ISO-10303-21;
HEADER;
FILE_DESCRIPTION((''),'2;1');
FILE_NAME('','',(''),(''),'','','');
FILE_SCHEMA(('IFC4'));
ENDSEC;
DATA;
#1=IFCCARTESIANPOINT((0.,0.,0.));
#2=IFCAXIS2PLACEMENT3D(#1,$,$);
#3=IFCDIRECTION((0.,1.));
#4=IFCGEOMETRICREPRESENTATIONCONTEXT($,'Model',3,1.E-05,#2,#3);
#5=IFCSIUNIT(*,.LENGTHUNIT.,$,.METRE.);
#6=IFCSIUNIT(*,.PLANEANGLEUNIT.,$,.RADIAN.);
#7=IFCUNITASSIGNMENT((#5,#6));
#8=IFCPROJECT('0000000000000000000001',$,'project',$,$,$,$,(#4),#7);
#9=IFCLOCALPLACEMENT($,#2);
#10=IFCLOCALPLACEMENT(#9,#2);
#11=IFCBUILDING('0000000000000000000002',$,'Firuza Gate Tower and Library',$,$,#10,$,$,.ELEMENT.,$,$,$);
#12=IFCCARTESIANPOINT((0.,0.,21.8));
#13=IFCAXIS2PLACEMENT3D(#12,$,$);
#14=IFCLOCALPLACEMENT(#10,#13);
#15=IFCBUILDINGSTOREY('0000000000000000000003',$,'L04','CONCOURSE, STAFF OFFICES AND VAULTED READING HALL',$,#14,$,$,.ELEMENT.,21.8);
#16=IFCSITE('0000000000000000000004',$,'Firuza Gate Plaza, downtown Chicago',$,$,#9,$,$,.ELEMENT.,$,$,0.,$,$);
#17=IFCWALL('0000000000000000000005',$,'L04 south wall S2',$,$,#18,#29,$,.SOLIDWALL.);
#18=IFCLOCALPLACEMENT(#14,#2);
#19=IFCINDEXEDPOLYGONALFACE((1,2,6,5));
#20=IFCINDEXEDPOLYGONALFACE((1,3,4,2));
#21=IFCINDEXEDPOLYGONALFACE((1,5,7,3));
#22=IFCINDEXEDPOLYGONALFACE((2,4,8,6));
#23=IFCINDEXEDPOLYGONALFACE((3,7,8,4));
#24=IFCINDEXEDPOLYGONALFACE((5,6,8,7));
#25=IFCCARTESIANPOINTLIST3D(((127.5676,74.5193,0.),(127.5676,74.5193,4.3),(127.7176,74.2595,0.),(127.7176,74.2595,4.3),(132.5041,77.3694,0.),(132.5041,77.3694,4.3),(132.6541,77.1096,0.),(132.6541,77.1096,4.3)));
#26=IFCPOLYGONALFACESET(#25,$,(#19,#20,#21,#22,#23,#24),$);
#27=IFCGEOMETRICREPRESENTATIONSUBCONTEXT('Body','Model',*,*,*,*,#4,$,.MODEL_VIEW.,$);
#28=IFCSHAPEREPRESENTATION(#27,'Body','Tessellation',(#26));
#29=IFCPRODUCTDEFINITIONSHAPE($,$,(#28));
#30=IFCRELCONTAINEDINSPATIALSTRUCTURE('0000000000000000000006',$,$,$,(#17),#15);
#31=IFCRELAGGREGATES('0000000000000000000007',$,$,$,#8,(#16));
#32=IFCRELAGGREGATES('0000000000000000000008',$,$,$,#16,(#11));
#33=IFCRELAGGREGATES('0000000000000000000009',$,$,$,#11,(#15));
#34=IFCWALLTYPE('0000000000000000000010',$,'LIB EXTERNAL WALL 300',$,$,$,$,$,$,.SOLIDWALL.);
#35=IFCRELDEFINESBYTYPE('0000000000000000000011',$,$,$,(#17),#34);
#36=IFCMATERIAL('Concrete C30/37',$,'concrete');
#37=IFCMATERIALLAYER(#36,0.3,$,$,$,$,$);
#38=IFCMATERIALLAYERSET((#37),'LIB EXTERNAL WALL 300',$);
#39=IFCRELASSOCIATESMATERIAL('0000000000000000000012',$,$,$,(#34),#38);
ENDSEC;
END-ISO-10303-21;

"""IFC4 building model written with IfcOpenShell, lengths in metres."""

from ifc_helpers import new_model, si_unit, direction, frame, frame_2d, origin, place, context, subcontext, project, spatial, rectangle, extrude, material, layer, layer_set, type_object, element, save


model = new_model("IFC4")

# Units and contexts
model_context = context("Model", 3, precision=1e-05, world=origin(), true_north=direction((0.0, 1.0)))
body_context = subcontext(model_context, "Body", "Model", "MODEL_VIEW")
ifc_project = project(units=[si_unit("LENGTHUNIT", "METRE"), si_unit("PLANEANGLEUNIT", "RADIAN")], contexts=[model_context])

# Site, building, storey
site_placement = place(None, origin())
site = spatial("IfcSite", under=ifc_project, at=site_placement, Name="Firuza Gate Plaza, downtown Chicago", CompositionType="ELEMENT", RefElevation=0.0)
building_placement = place(site_placement, origin())
building = spatial("IfcBuilding", under=site, at=building_placement, Name="Firuza Gate Tower and Library", CompositionType="ELEMENT")
storey_placement = place(building_placement, frame((0.0, 0.0, 21.8)))
storey = spatial("IfcBuildingStorey", under=building, at=storey_placement, Name="L04", Description="CONCOURSE, STAFF OFFICES AND VAULTED READING HALL", CompositionType="ELEMENT", Elevation=21.8)

# Shared definitions
ifc_material_1 = material(Name="Concrete C30/37", Category="concrete")
ifc_layer_1 = layer(ifc_material_1, 0.3)
ifc_layer_set_1 = layer_set([ifc_layer_1], Name="LIB EXTERNAL WALL 300")
wall_type = type_object("IfcWallType", Name="LIB EXTERNAL WALL 300", PredefinedType="SOLIDWALL", material=ifc_layer_set_1)

# Wall
wall_1_placement = place(storey_placement, frame((127.6426, 74.3894, 0.0), z_axis=(0.0, 0.0, 1.0), x_axis=(0.866026, 0.499999, 0.0)))
element("IfcWall", 1, at=wall_1_placement, inside=storey, type_object=wall_type, Name="L04 south wall S2", PredefinedType="SOLIDWALL", context=body_context, shape_type="SweptSolid", body=[
    extrude(rectangle(XDim=5.7002, YDim=0.3, at=frame_2d((2.8501, 0.0))), origin(), (0.0, 0.0, 1.0), 4.3),
])

save(model, "model.ifc")
